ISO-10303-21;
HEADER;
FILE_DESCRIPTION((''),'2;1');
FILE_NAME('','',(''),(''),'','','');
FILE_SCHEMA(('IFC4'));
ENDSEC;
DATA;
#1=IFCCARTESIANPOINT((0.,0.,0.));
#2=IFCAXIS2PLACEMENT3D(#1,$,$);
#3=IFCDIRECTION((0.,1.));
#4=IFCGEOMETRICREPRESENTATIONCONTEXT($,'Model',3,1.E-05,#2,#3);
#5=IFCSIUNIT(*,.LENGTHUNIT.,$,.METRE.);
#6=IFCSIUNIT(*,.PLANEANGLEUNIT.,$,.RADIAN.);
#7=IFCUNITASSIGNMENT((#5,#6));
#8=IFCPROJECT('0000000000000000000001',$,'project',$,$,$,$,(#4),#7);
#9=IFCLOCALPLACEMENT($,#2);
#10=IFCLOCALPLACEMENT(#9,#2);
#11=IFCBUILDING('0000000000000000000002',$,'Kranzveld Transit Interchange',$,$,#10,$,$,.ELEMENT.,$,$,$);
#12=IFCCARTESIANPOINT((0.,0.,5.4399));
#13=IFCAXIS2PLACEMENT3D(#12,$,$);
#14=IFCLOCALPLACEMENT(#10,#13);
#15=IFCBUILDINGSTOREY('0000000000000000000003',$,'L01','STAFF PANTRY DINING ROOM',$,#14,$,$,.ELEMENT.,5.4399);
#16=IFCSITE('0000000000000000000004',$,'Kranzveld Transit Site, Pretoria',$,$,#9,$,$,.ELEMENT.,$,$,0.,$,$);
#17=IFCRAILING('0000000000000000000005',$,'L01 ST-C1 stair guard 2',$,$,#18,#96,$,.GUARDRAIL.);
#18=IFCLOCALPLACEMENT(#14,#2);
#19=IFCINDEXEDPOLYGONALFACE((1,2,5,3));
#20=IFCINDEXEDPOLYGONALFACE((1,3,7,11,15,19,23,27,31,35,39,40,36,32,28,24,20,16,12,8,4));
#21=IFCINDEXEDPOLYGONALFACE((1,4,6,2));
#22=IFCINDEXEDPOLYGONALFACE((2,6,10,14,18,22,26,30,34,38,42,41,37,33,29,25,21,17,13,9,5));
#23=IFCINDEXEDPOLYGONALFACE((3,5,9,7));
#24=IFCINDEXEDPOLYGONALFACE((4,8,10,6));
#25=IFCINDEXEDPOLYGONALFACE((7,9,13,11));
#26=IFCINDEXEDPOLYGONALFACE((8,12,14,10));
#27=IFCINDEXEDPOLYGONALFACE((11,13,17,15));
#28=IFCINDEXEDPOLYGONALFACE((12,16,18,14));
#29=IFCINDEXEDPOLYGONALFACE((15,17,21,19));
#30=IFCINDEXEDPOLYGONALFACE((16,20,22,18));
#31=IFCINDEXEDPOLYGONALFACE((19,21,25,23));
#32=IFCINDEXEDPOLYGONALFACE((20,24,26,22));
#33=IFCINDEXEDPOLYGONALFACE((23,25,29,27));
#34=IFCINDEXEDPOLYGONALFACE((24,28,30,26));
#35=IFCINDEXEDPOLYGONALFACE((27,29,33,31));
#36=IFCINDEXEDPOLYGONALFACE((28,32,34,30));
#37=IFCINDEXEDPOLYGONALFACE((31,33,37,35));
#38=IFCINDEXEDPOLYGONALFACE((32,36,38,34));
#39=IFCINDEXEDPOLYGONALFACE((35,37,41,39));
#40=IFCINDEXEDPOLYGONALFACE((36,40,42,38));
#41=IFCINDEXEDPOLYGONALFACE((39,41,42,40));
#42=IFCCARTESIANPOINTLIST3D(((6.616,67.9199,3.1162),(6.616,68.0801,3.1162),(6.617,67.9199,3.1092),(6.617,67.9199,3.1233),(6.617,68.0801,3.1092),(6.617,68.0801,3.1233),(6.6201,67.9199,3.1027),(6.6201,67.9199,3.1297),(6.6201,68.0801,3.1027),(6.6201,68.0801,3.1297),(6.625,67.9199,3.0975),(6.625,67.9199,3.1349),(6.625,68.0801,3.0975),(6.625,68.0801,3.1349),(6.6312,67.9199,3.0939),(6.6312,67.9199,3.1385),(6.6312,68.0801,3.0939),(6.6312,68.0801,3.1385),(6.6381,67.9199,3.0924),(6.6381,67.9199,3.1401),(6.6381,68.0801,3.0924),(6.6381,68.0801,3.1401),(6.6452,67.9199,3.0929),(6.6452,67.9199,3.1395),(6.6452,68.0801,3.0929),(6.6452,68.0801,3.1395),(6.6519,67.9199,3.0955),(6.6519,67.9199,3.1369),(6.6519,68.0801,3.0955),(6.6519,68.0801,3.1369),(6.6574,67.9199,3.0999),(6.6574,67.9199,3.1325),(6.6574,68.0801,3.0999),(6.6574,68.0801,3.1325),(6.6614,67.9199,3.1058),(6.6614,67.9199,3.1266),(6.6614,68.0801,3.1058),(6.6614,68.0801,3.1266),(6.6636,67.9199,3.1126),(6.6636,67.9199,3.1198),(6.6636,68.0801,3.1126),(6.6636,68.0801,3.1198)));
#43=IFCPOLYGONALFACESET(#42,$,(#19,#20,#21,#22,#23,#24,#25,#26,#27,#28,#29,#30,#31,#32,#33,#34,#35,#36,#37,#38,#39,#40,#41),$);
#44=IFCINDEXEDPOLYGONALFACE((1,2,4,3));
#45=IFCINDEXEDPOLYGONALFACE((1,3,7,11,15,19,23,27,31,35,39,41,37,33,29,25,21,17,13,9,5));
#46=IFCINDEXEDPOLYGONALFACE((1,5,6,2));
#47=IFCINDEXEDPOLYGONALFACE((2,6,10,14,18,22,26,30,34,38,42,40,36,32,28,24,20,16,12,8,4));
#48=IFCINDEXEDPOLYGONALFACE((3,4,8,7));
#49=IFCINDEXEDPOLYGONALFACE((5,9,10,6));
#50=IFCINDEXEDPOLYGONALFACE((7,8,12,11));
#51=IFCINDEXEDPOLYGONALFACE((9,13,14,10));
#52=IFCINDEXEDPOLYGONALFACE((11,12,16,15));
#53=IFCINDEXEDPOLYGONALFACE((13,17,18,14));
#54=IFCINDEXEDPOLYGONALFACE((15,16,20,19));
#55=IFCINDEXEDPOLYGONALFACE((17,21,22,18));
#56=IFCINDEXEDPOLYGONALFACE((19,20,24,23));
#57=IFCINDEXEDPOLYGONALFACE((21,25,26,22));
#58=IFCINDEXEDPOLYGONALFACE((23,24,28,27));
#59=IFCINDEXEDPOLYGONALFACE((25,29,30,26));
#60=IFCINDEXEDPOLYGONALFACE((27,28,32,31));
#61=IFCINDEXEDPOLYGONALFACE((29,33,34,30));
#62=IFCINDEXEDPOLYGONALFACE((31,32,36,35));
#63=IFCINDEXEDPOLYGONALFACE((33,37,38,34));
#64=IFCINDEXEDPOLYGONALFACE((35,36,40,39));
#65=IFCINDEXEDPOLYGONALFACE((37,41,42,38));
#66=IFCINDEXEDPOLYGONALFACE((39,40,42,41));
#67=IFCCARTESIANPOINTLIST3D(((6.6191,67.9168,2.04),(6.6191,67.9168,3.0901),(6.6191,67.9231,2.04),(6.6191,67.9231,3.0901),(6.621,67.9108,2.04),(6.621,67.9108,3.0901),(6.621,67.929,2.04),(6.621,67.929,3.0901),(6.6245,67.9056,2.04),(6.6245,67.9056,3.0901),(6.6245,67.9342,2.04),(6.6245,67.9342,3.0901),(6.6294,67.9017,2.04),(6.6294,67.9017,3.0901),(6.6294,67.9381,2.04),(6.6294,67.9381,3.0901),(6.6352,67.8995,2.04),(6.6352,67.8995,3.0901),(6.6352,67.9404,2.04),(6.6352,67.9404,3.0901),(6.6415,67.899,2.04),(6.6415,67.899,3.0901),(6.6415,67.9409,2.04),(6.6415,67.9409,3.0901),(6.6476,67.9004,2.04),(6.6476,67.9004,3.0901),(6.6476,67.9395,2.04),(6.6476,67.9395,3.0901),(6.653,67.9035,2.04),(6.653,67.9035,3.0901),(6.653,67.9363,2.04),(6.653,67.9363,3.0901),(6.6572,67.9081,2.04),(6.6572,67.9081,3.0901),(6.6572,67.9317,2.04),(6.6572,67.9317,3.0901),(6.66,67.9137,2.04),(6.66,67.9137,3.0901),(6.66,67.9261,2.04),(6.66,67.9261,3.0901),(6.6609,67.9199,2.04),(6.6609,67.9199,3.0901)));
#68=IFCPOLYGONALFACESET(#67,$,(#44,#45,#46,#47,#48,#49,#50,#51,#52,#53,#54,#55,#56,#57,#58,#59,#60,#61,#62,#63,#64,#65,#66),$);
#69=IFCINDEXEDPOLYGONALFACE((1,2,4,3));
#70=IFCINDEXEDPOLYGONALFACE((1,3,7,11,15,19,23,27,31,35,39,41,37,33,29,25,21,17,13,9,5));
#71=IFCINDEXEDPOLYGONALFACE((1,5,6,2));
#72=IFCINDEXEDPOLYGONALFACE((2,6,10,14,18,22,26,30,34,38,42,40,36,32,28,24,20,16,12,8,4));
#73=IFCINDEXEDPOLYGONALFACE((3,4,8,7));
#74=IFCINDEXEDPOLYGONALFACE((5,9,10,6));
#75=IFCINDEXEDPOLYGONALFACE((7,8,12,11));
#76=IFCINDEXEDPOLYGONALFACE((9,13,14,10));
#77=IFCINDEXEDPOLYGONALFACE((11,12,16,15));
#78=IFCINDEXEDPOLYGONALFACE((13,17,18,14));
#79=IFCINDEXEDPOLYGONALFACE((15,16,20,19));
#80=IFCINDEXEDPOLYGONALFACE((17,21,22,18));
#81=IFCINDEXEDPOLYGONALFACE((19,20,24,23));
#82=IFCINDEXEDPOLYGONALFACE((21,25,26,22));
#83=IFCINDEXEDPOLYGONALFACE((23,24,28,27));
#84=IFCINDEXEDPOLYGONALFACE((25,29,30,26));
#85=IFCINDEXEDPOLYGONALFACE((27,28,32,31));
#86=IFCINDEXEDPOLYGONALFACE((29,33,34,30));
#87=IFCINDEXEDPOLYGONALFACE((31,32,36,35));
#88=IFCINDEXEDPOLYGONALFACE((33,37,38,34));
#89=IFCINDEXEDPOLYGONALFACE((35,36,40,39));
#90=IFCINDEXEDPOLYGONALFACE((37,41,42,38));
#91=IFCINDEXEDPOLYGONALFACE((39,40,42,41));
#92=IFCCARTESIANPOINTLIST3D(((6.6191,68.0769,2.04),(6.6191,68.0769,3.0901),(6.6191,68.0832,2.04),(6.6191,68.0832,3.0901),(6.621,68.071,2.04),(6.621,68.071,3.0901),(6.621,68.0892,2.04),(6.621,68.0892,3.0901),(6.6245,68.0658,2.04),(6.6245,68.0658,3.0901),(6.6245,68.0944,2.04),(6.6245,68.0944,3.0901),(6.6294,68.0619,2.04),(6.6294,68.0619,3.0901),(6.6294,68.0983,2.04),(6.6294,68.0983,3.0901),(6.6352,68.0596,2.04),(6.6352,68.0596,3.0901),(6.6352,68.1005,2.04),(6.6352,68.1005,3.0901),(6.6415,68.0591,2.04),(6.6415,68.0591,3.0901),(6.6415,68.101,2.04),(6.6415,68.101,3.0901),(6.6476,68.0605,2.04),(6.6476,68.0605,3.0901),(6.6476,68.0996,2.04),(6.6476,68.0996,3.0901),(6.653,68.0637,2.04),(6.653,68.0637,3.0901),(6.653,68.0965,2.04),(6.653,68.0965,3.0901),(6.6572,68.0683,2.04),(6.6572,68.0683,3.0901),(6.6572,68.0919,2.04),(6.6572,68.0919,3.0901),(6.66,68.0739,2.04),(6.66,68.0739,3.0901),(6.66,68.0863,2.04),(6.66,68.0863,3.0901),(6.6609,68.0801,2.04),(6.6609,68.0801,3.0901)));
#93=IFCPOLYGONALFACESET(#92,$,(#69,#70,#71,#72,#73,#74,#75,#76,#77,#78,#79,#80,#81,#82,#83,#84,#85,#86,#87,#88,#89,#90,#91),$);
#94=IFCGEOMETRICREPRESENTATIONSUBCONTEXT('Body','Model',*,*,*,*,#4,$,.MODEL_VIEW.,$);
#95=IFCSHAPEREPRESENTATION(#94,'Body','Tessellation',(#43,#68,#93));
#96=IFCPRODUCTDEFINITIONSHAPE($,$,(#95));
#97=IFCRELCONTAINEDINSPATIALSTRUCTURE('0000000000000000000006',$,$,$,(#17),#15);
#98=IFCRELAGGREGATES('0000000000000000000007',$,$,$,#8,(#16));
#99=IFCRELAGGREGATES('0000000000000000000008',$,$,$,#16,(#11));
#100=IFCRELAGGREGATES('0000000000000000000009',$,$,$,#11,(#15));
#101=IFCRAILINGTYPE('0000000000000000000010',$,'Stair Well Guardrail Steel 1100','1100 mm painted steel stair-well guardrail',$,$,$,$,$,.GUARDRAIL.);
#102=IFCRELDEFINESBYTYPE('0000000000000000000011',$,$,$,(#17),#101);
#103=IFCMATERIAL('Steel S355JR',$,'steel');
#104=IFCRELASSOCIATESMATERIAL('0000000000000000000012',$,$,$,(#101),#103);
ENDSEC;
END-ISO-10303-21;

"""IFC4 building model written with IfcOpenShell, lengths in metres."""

from ifc_helpers import new_model, si_unit, direction, frame, origin, origin_2d, place, context, subcontext, project, spatial, circle, extrude, material, type_object, element, save


model = new_model("IFC4")

# Units and contexts
model_context = context("Model", 3, precision=1e-05, world=origin(), true_north=direction((0.0, 1.0)))
body_context = subcontext(model_context, "Body", "Model", "MODEL_VIEW")
ifc_project = project(units=[si_unit("LENGTHUNIT", "METRE"), si_unit("PLANEANGLEUNIT", "RADIAN")], contexts=[model_context])

# Site, building, storey
site_placement = place(None, origin())
site = spatial("IfcSite", under=ifc_project, at=site_placement, Name="Kranzveld Transit Site, Pretoria", CompositionType="ELEMENT", RefElevation=0.0)
building_placement = place(site_placement, origin())
building = spatial("IfcBuilding", under=site, at=building_placement, Name="Kranzveld Transit Interchange", CompositionType="ELEMENT")
storey_placement = place(building_placement, frame((0.0, 0.0, 5.4399)))
storey = spatial("IfcBuildingStorey", under=building, at=storey_placement, Name="L01", Description="STAFF PANTRY DINING ROOM", CompositionType="ELEMENT", Elevation=5.4399)

# Railing
ifc_material_1 = material(Name="Steel S355JR", Category="steel")
railing_type_1 = type_object("IfcRailingType", Name="Stair Well Guardrail Steel 1100", Description="1100 mm painted steel stair-well guardrail", PredefinedType="GUARDRAIL", material=ifc_material_1)
railing_1_placement = place(storey_placement, frame((6.6399, 67.9199, 2.04)))
element("IfcRailing", 1, at=railing_1_placement, inside=storey, type_object=railing_type_1, Name="L01 ST-C1 stair guard 2", PredefinedType="GUARDRAIL", context=body_context, shape_type="SweptSolid", body=[
    extrude(circle(Radius=0.0239, at=origin_2d()), frame((0.0, 0.0, 1.0762), z_axis=(0.0, 1.0, 0.0), x_axis=(-1.0, 0.0, 0.0)), (0.0, 0.0, 1.0), 0.1602),
    extrude(circle(Radius=0.021, at=origin_2d()), origin(), (0.0, 0.0, 1.0), 1.05),
    extrude(circle(Radius=0.021, at=origin_2d()), frame((0.0, 0.1602, 0.0)), (0.0, 0.0, 1.0), 1.05),
])

save(model, "model.ifc")
